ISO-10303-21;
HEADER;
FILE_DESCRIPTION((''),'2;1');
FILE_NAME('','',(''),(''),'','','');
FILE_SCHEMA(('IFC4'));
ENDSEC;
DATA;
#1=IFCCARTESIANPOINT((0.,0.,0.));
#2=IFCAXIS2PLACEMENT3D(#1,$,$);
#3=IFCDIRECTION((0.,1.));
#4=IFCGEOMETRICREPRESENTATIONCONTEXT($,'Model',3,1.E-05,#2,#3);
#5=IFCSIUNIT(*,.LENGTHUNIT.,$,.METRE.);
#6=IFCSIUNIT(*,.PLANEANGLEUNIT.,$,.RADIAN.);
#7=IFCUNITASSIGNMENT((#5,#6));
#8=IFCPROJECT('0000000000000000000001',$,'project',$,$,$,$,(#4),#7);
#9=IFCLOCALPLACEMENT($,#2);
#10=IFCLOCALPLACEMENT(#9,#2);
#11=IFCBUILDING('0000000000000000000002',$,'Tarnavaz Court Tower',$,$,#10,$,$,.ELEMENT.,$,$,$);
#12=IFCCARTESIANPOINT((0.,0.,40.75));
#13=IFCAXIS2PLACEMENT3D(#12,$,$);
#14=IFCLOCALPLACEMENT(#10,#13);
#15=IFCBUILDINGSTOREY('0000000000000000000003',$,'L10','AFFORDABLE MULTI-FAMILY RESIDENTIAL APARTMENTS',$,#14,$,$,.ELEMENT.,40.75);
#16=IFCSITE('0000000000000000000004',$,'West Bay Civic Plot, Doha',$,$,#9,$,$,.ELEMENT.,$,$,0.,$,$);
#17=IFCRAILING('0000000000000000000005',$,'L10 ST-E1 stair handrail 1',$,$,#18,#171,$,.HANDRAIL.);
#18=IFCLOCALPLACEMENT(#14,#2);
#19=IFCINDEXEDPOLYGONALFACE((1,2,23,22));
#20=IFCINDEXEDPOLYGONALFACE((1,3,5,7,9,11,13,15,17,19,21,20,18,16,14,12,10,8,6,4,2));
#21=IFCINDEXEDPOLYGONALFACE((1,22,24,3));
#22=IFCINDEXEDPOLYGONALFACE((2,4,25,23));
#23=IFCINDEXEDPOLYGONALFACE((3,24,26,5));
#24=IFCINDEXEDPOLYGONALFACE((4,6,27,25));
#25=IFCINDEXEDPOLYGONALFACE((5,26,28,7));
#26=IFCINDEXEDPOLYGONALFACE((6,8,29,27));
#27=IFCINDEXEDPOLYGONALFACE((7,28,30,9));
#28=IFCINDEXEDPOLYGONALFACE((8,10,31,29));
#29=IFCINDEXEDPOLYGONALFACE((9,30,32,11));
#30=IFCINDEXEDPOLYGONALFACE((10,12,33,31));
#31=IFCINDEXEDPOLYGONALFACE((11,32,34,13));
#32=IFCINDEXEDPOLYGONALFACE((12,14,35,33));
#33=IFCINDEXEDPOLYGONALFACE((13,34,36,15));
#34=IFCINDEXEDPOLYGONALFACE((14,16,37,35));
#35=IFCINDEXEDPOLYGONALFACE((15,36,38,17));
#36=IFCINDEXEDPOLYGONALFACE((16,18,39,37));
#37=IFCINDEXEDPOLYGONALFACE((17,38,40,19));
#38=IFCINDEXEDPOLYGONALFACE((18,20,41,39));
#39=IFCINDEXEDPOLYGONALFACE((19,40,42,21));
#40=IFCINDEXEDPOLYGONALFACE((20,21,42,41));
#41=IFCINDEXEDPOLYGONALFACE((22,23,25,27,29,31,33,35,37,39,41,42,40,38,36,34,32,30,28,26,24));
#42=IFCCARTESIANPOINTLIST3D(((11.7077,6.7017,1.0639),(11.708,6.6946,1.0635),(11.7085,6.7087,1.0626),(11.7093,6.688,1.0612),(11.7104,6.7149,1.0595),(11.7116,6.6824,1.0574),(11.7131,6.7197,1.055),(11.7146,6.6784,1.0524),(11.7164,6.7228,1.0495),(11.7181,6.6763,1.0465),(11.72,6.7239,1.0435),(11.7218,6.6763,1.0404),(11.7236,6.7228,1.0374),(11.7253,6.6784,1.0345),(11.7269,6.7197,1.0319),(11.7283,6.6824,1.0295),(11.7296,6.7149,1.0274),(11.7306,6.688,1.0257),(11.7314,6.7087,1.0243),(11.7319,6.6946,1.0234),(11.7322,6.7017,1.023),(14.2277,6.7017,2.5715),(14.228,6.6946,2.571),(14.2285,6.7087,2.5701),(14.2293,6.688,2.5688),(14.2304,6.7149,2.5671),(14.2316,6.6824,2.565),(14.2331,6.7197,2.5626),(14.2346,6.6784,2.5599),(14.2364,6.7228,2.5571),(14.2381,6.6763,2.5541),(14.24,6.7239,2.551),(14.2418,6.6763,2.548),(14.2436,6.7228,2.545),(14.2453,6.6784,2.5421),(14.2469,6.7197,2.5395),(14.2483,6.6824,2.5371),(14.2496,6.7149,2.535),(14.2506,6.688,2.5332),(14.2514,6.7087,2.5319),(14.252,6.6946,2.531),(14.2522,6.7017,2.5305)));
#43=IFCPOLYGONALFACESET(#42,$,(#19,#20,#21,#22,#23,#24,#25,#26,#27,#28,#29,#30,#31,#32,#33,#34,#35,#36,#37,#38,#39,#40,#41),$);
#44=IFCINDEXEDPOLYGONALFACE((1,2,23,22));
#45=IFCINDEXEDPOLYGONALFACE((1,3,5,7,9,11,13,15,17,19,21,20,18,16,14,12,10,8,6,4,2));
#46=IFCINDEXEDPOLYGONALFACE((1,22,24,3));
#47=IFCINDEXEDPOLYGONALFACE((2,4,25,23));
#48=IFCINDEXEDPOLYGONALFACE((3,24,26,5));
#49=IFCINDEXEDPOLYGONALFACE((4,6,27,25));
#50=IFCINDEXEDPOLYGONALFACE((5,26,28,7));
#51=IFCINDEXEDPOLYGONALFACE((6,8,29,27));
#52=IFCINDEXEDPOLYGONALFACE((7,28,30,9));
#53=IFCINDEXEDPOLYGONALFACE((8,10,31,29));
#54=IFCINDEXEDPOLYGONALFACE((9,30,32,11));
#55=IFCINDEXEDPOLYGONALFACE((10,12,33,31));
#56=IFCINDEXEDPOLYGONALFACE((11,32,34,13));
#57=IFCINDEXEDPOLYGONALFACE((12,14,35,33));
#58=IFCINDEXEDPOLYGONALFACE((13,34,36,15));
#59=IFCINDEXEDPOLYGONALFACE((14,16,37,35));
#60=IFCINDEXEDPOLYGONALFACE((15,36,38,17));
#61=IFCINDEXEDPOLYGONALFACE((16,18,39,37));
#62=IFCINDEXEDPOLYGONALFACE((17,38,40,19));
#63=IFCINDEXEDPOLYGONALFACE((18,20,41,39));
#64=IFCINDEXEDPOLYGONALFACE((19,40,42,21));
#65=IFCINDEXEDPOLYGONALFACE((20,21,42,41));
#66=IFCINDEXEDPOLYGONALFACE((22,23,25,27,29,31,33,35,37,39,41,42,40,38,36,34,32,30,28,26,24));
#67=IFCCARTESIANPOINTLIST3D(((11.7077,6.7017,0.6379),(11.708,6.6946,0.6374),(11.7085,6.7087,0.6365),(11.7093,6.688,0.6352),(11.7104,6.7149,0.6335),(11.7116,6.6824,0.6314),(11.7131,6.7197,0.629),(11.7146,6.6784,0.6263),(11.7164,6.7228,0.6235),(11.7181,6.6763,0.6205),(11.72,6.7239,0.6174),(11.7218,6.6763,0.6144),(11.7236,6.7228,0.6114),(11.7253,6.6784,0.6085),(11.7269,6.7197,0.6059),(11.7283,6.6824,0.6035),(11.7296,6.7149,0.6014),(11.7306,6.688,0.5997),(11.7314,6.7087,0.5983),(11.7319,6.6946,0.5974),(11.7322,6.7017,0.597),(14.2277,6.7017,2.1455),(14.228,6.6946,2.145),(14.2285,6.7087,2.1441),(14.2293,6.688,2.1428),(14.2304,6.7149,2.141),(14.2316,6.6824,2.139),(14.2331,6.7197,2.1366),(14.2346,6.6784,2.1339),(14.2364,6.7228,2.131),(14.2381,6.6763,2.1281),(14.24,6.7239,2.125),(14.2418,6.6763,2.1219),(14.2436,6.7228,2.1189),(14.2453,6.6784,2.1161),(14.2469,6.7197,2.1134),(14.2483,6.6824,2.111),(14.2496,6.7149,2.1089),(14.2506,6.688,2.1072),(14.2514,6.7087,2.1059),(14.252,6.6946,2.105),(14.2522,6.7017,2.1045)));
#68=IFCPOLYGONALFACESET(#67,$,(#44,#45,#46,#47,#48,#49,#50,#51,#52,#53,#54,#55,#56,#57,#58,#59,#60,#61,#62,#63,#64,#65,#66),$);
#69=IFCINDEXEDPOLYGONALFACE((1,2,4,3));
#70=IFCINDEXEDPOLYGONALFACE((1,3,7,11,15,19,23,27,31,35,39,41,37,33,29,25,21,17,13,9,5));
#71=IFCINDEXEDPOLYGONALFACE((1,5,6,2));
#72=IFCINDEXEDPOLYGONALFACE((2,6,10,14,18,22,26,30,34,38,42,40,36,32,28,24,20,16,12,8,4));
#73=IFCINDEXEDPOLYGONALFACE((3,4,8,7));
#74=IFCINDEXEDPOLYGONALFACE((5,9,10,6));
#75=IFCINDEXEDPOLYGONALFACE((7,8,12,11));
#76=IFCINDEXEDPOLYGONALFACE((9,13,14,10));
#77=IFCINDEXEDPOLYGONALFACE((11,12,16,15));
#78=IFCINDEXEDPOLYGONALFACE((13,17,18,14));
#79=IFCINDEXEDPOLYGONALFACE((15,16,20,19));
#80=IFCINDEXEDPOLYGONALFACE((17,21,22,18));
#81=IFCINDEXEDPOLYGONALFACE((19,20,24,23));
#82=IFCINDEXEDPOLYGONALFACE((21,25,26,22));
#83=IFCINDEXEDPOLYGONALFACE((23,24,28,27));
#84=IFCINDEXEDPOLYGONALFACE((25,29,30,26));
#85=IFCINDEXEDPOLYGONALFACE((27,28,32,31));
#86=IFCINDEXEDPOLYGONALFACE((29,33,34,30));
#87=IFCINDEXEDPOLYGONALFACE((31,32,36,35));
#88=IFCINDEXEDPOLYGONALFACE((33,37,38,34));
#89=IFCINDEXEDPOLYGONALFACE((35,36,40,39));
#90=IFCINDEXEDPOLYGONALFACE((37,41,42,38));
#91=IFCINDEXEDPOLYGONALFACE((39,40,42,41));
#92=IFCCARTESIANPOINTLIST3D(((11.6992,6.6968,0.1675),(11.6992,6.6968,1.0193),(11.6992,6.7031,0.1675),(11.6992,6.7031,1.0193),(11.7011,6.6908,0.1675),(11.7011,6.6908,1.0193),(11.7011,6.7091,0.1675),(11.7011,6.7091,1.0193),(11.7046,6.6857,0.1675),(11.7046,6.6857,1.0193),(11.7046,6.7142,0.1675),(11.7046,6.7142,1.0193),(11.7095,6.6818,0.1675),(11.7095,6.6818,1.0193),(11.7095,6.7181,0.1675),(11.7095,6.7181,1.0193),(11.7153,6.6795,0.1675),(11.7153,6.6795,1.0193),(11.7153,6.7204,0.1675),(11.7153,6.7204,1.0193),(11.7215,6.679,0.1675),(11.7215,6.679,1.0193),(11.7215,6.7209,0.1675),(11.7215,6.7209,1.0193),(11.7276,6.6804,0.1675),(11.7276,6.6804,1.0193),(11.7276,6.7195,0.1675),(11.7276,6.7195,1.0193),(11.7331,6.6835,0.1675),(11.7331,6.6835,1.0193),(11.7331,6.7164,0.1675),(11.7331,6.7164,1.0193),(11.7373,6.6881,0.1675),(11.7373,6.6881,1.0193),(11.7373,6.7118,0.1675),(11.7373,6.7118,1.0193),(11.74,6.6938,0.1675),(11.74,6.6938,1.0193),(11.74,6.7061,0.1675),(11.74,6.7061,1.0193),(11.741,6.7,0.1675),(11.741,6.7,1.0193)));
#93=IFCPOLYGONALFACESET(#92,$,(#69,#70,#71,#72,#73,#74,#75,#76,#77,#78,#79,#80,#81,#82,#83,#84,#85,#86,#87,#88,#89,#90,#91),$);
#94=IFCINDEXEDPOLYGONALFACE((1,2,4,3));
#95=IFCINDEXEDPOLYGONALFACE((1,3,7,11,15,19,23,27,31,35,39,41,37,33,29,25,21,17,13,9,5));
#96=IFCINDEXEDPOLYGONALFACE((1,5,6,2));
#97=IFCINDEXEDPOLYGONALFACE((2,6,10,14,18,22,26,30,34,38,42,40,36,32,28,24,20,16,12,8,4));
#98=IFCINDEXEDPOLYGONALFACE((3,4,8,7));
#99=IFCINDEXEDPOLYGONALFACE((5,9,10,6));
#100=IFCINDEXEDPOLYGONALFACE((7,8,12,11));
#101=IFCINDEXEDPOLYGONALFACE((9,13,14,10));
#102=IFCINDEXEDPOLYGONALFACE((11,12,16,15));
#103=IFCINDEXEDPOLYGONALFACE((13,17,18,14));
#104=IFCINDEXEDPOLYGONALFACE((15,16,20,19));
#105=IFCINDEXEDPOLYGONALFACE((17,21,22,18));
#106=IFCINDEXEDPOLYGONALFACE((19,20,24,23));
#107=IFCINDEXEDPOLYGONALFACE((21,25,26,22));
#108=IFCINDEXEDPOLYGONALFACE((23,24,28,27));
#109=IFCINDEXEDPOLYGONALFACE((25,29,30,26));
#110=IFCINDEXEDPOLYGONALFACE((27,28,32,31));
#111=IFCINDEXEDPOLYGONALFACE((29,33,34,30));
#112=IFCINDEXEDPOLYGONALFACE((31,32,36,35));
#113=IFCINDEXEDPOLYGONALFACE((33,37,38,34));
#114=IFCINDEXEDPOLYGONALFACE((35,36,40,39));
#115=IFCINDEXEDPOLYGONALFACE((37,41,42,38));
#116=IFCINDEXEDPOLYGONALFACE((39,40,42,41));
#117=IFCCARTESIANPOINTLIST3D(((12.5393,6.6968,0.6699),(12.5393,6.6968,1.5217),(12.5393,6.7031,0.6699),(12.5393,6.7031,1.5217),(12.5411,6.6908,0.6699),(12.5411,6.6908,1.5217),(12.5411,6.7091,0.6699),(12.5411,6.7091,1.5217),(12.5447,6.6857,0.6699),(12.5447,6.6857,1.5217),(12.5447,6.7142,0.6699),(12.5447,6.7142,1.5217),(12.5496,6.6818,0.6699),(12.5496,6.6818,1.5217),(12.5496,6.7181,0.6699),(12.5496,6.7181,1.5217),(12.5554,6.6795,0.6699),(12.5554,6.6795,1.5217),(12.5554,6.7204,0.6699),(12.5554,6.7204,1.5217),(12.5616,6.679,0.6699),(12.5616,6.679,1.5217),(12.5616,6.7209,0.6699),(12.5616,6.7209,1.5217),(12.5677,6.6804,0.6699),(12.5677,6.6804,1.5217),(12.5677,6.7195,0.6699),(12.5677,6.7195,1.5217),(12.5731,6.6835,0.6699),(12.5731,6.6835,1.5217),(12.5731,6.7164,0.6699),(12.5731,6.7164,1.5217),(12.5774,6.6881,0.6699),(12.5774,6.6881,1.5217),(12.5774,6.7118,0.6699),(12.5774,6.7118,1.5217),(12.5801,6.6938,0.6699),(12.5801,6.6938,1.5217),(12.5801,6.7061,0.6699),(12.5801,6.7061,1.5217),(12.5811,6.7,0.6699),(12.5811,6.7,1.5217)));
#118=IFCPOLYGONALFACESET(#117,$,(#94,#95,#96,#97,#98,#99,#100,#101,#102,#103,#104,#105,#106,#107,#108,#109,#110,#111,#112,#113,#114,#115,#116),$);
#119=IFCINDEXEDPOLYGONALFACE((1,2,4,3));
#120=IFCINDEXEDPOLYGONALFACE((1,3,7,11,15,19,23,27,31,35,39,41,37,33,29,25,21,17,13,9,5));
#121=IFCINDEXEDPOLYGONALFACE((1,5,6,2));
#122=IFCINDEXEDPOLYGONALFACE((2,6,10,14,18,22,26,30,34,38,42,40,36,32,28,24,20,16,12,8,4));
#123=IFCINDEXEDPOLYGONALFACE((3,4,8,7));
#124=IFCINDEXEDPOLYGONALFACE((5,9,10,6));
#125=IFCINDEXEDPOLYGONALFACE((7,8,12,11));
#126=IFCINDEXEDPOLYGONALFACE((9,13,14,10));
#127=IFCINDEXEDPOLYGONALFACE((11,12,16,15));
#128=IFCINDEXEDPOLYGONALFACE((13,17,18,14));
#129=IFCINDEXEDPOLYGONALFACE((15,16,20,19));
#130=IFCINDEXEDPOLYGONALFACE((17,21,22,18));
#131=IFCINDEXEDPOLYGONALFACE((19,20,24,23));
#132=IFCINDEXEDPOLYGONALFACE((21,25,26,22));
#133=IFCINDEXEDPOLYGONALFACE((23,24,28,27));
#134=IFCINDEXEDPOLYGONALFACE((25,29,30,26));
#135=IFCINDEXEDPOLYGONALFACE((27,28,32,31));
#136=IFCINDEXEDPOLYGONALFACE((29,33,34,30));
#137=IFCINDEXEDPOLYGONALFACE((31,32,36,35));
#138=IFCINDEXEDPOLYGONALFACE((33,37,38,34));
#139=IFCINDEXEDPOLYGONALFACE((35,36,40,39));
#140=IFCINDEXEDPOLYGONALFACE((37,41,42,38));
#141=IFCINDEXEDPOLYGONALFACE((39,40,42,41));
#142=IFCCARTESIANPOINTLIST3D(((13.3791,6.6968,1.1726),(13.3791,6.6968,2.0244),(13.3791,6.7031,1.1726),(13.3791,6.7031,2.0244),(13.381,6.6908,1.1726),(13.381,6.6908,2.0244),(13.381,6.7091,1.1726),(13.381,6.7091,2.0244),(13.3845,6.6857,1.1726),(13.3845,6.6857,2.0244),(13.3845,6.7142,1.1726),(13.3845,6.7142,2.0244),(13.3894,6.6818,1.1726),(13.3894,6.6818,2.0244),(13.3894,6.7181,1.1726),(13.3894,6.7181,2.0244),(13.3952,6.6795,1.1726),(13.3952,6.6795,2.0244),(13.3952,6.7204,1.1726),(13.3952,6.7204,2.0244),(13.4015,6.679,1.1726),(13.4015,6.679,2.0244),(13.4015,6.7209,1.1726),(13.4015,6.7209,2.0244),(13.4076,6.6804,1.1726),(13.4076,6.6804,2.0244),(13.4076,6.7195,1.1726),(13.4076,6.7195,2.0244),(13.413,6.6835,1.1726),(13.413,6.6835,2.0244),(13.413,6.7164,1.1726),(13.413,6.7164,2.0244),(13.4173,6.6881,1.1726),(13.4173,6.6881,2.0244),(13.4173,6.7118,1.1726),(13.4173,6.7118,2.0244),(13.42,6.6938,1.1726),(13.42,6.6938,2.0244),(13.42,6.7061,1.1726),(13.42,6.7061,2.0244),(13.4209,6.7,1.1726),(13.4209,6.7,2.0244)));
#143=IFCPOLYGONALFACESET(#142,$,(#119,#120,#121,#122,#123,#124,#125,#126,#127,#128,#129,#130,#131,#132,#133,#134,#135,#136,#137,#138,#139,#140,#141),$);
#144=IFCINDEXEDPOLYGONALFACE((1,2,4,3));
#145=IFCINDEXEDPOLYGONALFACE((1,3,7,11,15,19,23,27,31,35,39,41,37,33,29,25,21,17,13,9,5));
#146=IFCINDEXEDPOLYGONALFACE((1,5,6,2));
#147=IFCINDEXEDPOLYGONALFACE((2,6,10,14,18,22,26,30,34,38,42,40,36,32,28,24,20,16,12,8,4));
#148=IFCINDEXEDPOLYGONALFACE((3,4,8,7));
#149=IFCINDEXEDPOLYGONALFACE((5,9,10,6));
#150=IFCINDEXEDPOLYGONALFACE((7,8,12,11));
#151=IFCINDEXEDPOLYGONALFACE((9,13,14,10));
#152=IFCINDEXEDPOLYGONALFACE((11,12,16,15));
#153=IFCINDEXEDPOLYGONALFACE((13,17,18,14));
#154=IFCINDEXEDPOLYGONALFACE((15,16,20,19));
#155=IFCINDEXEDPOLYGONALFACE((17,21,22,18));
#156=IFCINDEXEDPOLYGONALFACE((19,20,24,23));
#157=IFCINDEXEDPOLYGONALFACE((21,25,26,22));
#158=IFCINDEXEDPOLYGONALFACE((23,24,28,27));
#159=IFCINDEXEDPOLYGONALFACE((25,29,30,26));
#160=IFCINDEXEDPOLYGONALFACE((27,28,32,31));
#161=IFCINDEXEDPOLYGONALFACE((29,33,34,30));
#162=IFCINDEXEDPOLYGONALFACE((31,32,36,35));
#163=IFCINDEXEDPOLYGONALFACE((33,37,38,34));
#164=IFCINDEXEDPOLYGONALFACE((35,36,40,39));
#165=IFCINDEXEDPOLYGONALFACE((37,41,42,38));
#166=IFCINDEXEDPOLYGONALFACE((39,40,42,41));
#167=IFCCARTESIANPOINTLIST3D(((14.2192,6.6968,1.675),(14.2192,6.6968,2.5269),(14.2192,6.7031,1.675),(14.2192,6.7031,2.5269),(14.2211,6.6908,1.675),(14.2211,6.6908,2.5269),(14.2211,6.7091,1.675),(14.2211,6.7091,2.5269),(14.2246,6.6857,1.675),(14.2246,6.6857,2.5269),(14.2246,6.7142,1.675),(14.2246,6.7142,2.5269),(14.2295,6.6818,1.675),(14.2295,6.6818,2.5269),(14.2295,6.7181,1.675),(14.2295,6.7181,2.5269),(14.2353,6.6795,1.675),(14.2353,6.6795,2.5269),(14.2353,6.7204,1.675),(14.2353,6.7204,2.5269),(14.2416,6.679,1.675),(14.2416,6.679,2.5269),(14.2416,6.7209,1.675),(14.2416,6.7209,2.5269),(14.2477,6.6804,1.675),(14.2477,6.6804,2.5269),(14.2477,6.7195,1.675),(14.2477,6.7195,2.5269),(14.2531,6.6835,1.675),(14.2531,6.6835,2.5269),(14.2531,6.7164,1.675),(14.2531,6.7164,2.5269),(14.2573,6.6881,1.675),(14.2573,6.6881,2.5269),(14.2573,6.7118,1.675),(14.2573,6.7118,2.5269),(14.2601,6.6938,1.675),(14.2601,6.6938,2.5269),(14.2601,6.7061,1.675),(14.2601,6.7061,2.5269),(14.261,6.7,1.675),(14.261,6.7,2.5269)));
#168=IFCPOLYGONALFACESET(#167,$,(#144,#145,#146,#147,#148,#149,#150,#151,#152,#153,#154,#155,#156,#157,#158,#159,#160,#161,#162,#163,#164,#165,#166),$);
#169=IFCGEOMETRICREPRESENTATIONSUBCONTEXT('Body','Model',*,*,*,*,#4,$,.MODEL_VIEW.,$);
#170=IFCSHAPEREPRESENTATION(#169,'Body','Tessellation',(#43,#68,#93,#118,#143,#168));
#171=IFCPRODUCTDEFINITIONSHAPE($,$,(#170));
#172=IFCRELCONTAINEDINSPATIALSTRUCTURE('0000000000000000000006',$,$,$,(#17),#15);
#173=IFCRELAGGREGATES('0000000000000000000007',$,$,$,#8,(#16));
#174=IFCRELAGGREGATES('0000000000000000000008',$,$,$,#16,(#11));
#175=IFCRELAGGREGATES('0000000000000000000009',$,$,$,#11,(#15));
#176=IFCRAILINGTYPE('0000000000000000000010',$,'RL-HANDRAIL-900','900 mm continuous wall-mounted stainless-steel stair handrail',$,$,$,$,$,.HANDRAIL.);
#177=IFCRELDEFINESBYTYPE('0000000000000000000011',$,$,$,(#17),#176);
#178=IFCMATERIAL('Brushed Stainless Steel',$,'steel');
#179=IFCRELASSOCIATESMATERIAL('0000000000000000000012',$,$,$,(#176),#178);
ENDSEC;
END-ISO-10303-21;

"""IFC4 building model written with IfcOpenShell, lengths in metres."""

from ifc_helpers import new_model, si_unit, direction, frame, origin, origin_2d, place, context, subcontext, project, spatial, circle, extrude, material, type_object, element, save


model = new_model("IFC4")

# Units and contexts
model_context = context("Model", 3, precision=1e-05, world=origin(), true_north=direction((0.0, 1.0)))
body_context = subcontext(model_context, "Body", "Model", "MODEL_VIEW")
ifc_project = project(units=[si_unit("LENGTHUNIT", "METRE"), si_unit("PLANEANGLEUNIT", "RADIAN")], contexts=[model_context])

# Site, building, storey
site_placement = place(None, origin())
site = spatial("IfcSite", under=ifc_project, at=site_placement, Name="West Bay Civic Plot, Doha", CompositionType="ELEMENT", RefElevation=0.0)
building_placement = place(site_placement, origin())
building = spatial("IfcBuilding", under=site, at=building_placement, Name="Tarnavaz Court Tower", CompositionType="ELEMENT")
storey_placement = place(building_placement, frame((0.0, 0.0, 40.75)))
storey = spatial("IfcBuildingStorey", under=building, at=storey_placement, Name="L10", Description="AFFORDABLE MULTI-FAMILY RESIDENTIAL APARTMENTS", CompositionType="ELEMENT", Elevation=40.75)

# Railing
ifc_material_1 = material(Name="Brushed Stainless Steel", Category="steel")
railing_type_1 = type_object("IfcRailingType", Name="RL-HANDRAIL-900", Description="900 mm continuous wall-mounted stainless-steel stair handrail", PredefinedType="HANDRAIL", material=ifc_material_1)
railing_1_placement = place(storey_placement, frame((11.72, 6.7, 0.1675)))
element("IfcRailing", 1, at=railing_1_placement, inside=storey, type_object=railing_type_1, Name="L10 ST-E1 stair handrail 1", PredefinedType="HANDRAIL", context=body_context, shape_type="SweptSolid", body=[
    extrude(circle(Radius=0.0239, at=origin_2d()), frame((0.0, 0.0, 0.876), z_axis=(0.85816, 0.0, 0.513383), x_axis=(0.0, 1.0, 0.0)), (0.0, 0.0, 1.0), 2.9365),
    extrude(circle(Radius=0.0239, at=origin_2d()), frame((0.0, 0.0, 0.45), z_axis=(0.85816, 0.0, 0.513383), x_axis=(0.0, 1.0, 0.0)), (0.0, 0.0, 1.0), 2.9365),
    extrude(circle(Radius=0.021, at=origin_2d()), origin(), (0.0, 0.0, 1.0), 0.8518),
    extrude(circle(Radius=0.021, at=origin_2d()), frame((0.8401, 0.0, 0.5024)), (0.0, 0.0, 1.0), 0.8518),
    extrude(circle(Radius=0.021, at=origin_2d()), frame((1.6799, 0.0, 1.0051)), (0.0, 0.0, 1.0), 0.8518),
    extrude(circle(Radius=0.021, at=origin_2d()), frame((2.52, 0.0, 1.5076)), (0.0, 0.0, 1.0), 0.8518),
])

save(model, "model.ifc")
